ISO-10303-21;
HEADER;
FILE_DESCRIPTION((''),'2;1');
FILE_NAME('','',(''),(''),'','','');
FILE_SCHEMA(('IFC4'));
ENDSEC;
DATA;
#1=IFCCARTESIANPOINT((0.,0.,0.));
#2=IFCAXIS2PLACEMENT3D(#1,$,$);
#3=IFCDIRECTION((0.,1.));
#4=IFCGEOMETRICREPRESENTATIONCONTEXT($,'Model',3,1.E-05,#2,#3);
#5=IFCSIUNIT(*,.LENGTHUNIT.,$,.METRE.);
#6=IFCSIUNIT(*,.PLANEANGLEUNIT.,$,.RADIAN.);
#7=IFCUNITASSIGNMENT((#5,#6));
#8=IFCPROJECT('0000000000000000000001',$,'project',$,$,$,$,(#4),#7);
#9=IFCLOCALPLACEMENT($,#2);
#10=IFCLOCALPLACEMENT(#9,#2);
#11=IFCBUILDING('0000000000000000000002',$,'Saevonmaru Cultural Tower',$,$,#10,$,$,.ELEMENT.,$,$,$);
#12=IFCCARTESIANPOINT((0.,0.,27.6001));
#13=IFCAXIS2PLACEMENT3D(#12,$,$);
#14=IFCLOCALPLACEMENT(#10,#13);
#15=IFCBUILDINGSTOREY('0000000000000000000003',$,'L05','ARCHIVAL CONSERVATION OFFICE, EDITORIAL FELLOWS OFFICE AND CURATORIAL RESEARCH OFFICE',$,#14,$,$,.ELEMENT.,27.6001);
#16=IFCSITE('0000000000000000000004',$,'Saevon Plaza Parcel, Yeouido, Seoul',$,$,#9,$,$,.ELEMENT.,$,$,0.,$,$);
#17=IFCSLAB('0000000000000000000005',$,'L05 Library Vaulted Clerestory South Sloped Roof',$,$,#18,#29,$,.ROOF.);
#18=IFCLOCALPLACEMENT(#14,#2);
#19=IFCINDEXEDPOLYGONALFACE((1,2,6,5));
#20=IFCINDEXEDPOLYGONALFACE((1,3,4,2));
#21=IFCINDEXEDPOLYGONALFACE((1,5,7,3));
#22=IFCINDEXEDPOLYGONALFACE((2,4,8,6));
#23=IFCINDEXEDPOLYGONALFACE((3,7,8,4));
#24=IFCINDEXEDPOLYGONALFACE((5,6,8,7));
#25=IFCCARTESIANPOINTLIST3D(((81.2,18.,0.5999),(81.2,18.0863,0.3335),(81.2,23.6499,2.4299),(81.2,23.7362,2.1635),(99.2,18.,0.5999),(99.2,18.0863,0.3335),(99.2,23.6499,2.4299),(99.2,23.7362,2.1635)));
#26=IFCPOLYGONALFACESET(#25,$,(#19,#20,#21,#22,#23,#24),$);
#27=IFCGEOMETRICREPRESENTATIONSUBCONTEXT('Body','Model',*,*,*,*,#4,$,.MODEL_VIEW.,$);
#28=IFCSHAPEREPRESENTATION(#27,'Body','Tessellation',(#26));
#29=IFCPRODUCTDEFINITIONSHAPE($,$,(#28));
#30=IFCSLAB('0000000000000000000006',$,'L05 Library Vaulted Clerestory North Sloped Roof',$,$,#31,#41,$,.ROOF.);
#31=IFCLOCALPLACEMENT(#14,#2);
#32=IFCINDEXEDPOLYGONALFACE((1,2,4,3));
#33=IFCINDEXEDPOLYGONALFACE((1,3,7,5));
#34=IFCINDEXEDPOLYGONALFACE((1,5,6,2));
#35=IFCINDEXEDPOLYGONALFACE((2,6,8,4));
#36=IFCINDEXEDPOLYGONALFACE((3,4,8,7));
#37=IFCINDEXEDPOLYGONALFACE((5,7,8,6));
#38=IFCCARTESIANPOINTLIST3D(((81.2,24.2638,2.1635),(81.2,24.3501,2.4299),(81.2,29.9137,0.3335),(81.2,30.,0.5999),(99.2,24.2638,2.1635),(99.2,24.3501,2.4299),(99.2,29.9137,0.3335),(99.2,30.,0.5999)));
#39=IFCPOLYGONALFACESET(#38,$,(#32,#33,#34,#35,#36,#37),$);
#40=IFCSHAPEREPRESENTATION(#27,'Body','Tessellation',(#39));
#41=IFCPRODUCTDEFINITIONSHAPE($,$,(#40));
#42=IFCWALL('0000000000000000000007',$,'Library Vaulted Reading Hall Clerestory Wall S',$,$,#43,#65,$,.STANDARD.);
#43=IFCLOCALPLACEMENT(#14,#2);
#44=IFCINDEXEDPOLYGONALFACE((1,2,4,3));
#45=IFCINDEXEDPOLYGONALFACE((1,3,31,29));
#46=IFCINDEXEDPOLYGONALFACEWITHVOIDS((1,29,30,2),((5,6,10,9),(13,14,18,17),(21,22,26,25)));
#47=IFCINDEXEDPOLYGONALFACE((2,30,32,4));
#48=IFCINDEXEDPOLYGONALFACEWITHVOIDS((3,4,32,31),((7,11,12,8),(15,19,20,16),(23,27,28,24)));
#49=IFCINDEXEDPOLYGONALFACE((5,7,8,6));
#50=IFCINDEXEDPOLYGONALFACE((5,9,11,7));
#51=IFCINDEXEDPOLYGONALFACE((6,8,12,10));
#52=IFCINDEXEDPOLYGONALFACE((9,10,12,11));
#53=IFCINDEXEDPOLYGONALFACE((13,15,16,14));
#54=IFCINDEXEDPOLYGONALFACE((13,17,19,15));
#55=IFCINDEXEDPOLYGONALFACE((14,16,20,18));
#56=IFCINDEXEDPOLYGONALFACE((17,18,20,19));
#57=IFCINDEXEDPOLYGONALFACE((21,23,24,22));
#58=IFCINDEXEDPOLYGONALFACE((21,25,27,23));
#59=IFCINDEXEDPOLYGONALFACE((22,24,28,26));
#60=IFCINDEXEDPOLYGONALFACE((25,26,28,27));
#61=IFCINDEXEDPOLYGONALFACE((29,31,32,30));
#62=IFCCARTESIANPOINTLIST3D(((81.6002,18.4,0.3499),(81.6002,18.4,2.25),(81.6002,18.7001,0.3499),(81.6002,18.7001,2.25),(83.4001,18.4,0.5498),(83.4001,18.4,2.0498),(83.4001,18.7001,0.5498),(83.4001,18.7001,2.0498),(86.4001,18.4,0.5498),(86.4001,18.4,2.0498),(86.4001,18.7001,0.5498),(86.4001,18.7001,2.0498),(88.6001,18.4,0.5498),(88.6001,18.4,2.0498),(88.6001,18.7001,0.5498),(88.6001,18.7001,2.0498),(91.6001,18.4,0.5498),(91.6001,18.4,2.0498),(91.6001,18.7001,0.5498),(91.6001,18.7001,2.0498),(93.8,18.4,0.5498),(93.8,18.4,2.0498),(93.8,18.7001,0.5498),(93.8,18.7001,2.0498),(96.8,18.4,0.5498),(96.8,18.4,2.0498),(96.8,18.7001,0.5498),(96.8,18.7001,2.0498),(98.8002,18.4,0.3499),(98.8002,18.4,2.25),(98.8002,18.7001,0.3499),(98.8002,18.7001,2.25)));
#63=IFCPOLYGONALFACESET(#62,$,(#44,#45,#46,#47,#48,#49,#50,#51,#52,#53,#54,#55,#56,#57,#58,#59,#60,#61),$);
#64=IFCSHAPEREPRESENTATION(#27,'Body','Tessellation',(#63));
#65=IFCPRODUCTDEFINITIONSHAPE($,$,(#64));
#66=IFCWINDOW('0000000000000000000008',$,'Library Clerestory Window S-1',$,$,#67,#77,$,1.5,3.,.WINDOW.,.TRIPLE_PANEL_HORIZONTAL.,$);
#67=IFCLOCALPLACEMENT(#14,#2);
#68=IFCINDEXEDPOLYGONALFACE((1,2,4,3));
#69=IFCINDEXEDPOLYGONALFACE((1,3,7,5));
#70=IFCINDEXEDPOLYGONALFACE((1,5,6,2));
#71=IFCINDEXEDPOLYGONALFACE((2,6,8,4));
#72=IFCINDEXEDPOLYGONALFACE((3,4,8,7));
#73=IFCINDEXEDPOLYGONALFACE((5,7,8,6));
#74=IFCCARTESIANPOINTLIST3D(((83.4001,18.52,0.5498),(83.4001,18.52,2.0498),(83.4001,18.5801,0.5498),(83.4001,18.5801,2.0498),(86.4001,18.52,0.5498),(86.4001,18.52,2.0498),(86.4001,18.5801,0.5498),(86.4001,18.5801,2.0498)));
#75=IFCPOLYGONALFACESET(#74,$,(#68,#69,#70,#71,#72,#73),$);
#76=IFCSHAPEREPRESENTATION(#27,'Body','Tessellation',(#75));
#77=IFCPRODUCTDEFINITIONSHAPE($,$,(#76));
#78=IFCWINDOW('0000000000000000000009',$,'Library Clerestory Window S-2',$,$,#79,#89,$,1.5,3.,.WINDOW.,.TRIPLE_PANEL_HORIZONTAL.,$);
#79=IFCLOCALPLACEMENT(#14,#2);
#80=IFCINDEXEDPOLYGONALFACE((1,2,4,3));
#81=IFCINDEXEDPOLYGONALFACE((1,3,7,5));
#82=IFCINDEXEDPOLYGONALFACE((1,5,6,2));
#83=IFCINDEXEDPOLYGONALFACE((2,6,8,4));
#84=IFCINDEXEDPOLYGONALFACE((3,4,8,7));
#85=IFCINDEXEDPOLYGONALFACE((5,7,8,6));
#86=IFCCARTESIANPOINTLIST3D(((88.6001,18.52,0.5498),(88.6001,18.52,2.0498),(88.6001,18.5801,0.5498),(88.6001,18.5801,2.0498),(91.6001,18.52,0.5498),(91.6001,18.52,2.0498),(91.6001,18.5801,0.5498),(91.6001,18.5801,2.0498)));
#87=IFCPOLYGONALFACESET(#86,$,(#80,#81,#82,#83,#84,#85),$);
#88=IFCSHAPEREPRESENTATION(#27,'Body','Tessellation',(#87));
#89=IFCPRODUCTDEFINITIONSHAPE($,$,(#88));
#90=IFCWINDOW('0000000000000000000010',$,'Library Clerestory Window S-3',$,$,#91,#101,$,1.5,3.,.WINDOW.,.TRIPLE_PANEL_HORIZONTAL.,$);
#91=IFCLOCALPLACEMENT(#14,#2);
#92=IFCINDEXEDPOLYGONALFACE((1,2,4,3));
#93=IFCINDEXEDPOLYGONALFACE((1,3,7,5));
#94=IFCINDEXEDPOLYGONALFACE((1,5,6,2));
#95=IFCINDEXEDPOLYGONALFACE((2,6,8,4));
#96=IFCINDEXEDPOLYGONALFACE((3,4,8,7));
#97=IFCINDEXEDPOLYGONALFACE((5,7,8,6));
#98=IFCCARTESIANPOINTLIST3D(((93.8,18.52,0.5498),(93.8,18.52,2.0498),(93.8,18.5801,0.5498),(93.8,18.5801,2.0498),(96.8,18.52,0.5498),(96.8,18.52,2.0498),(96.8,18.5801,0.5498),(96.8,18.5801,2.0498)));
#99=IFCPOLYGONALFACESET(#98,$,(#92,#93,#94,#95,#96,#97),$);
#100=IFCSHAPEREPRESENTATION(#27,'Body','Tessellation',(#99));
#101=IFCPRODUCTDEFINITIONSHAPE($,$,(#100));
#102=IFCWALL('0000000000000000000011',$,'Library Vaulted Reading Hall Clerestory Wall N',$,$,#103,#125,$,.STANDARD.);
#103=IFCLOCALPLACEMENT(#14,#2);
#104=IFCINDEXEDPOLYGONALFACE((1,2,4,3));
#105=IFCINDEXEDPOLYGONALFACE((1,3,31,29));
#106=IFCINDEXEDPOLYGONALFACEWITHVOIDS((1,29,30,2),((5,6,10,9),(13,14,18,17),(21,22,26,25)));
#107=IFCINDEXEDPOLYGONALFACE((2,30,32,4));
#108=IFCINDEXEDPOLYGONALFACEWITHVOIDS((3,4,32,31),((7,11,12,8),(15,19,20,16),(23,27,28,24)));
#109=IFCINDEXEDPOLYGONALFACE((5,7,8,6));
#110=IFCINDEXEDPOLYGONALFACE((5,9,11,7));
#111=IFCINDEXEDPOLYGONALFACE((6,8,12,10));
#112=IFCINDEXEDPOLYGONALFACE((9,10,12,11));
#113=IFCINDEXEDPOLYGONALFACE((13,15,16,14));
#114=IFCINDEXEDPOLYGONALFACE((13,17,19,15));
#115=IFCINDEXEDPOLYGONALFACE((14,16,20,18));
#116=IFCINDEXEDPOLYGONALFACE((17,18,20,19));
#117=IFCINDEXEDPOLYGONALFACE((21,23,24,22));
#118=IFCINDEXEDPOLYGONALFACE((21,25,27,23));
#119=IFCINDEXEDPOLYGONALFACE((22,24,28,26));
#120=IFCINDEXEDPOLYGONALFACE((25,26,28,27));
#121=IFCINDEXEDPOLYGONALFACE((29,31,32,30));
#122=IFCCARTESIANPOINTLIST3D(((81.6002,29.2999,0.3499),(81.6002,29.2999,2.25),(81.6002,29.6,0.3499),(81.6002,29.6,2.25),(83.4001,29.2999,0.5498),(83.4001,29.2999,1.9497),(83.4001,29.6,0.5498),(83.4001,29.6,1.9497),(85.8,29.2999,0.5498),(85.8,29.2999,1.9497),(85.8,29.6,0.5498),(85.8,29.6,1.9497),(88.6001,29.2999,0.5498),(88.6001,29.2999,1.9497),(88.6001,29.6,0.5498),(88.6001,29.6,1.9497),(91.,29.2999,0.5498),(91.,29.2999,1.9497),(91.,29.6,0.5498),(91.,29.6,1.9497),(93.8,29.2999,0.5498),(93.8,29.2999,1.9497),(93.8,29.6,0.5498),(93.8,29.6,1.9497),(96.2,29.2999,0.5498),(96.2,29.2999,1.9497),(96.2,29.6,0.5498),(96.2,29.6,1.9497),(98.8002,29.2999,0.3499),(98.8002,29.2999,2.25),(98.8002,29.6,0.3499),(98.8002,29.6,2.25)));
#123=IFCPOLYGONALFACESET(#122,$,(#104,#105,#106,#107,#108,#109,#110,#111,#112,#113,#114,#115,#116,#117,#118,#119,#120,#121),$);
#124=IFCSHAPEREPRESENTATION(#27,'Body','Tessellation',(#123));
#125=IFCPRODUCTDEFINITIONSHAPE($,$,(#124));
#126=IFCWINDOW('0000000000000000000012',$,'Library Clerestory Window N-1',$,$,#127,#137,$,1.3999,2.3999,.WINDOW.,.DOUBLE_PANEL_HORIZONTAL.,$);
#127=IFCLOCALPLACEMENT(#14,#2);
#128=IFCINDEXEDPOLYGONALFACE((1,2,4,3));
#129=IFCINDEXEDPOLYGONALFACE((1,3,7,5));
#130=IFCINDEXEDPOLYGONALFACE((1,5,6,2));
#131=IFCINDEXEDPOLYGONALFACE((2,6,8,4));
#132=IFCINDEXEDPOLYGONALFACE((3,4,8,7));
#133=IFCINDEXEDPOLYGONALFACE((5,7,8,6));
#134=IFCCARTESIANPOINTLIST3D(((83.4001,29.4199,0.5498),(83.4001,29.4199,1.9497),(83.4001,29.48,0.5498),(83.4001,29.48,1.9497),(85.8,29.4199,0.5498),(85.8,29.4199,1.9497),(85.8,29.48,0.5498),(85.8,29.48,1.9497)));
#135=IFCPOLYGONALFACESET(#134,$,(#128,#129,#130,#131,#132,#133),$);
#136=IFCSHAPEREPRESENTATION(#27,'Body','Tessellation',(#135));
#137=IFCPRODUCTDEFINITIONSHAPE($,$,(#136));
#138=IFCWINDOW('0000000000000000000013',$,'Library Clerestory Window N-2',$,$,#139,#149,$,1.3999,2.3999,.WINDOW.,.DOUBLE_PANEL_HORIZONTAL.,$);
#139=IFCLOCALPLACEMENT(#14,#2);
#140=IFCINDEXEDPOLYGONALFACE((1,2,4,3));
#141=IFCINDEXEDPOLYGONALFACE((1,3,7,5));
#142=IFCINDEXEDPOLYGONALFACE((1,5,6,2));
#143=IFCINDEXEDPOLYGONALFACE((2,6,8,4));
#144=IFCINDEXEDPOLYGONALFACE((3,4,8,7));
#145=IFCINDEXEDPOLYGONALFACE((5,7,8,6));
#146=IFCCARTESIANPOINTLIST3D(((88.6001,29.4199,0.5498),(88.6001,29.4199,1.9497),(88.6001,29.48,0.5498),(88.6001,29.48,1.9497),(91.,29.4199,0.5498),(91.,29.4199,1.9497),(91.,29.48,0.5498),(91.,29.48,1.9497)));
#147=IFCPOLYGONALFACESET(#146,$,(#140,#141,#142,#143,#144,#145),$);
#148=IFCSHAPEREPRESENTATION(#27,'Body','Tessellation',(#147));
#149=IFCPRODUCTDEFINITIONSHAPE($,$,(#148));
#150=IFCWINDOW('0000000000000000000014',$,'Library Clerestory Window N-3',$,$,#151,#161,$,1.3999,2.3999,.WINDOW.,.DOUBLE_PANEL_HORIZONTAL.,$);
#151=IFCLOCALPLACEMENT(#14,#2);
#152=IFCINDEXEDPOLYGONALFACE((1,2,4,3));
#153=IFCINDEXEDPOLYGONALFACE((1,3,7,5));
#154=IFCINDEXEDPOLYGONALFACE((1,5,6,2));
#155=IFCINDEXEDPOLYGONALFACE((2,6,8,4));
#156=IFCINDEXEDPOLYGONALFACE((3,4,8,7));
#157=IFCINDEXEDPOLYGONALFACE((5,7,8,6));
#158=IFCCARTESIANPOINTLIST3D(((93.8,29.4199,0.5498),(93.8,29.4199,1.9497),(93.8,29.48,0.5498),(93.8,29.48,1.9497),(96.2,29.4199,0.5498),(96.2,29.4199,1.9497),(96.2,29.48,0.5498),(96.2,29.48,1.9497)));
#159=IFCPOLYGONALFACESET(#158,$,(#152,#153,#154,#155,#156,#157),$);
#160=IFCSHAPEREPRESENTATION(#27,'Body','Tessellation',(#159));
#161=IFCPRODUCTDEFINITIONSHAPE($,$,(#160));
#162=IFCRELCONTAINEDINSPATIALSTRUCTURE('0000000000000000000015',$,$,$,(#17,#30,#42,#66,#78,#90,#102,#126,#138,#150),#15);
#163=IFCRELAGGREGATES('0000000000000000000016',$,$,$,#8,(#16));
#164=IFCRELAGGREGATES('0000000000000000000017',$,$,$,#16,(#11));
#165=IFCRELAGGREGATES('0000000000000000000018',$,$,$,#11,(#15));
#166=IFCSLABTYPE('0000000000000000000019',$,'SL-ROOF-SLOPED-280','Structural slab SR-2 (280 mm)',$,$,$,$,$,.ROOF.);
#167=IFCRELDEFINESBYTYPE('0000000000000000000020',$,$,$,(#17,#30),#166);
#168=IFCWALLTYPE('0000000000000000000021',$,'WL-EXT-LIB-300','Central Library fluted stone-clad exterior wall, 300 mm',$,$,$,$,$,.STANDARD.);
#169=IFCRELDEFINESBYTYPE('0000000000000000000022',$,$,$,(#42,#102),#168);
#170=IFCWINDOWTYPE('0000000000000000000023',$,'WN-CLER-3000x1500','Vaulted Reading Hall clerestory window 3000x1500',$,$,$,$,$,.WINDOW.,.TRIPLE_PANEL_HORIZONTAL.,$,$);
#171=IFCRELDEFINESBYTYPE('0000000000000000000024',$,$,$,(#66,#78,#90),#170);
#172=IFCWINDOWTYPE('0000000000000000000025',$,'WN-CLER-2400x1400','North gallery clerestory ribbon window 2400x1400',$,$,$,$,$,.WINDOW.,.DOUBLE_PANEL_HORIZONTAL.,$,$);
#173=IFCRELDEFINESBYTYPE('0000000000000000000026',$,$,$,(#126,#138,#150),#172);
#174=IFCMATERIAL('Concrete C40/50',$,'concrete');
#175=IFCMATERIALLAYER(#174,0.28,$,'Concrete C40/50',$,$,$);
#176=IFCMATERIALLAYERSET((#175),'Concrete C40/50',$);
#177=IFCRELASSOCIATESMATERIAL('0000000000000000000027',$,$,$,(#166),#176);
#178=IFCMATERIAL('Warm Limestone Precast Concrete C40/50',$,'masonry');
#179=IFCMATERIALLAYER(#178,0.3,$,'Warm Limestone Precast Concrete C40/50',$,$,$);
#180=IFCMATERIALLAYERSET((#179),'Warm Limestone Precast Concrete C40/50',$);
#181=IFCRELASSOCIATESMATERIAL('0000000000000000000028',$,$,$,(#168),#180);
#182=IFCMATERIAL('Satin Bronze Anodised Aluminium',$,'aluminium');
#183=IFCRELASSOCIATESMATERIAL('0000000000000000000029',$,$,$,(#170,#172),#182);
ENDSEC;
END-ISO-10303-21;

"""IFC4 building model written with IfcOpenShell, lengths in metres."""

from ifc_helpers import new_model, si_unit, direction, frame, frame_2d, origin, place, context, subcontext, project, spatial, polyline, rectangle, outline, extrude, material, layer, layer_set, type_object, element, fill, save


model = new_model("IFC4")

# Units and contexts
model_context = context("Model", 3, precision=1e-05, world=origin(), true_north=direction((0.0, 1.0)))
body_context = subcontext(model_context, "Body", "Model", "MODEL_VIEW")
ifc_project = project(units=[si_unit("LENGTHUNIT", "METRE"), si_unit("PLANEANGLEUNIT", "RADIAN")], contexts=[model_context])

# Site, building, storey
site_placement = place(None, origin())
site = spatial("IfcSite", under=ifc_project, at=site_placement, Name="Saevon Plaza Parcel, Yeouido, Seoul", CompositionType="ELEMENT", RefElevation=0.0)
building_placement = place(site_placement, origin())
building = spatial("IfcBuilding", under=site, at=building_placement, Name="Saevonmaru Cultural Tower", CompositionType="ELEMENT")
storey_placement = place(building_placement, frame((0.0, 0.0, 27.6001)))
storey = spatial("IfcBuildingStorey", under=building, at=storey_placement, Name="L05", Description="ARCHIVAL CONSERVATION OFFICE, EDITORIAL FELLOWS OFFICE AND CURATORIAL RESEARCH OFFICE", CompositionType="ELEMENT", Elevation=27.6001)

# Slabs
ifc_material_1 = material(Name="Concrete C40/50", Category="concrete")
ifc_layer_1 = layer(ifc_material_1, 0.28, Name="Concrete C40/50")
ifc_layer_set_1 = layer_set([ifc_layer_1], Name="Concrete C40/50")
slab_type = type_object("IfcSlabType", Name="SL-ROOF-SLOPED-280", Description="Structural slab SR-2 (280 mm)", PredefinedType="ROOF", material=ifc_layer_set_1)
for number, where, z_axis, x_axis, name in (
    (1, (81.2, 18.0, 0.5999), (0.0, -0.308151, 0.951338), (1.0, 0.0, 0.0), "L05 Library Vaulted Clerestory South Sloped Roof"),
    (2, (99.2, 30.0, 0.5999), (0.0, 0.308151, 0.951338), (-1.0, 0.0, 0.0), "L05 Library Vaulted Clerestory North Sloped Roof"),
):
    element("IfcSlab", number, at=place(storey_placement, frame(where, z_axis=z_axis, x_axis=x_axis)), inside=storey, type_object=slab_type, Name=name, PredefinedType="ROOF", context=body_context, shape_type="SweptSolid", body=[
        extrude(outline(polyline([(0.0, 0.0), (18.0, 0.0), (18.0, 5.9389), (0.0, 5.9389), (0.0, 0.0)])), origin(), (0.0, 0.0, -1.0), 0.28),
    ])

# Walls, openings, windows
ifc_material_2 = material(Name="Warm Limestone Precast Concrete C40/50", Category="masonry")
ifc_layer_2 = layer(ifc_material_2, 0.3, Name="Warm Limestone Precast Concrete C40/50")
ifc_layer_set_2 = layer_set([ifc_layer_2], Name="Warm Limestone Precast Concrete C40/50")
wall_type_1 = type_object("IfcWallType", Name="WL-EXT-LIB-300", Description="Central Library fluted stone-clad exterior wall, 300 mm", PredefinedType="STANDARD", material=ifc_layer_set_2)
wall_1_placement = place(storey_placement, frame((81.6001, 18.55, 0.3499), z_axis=(0.0, 0.0, 1.0), x_axis=(1.0, 0.0, 0.0)))
wall_1 = element("IfcWall", 3, at=wall_1_placement, inside=storey, type_object=wall_type_1, Name="Library Vaulted Reading Hall Clerestory Wall S", PredefinedType="STANDARD", context=body_context, shape_type="SweptSolid", body=[
    extrude(rectangle(XDim=17.2, YDim=0.3, at=frame_2d((8.6001, 0.0))), origin(), (0.0, 0.0, 1.0), 1.9001),
])
opening_1_placement = place(wall_1_placement, frame((1.8, 0.0, 0.2)))
opening_1 = element("IfcOpeningElement", 4, at=opening_1_placement, cuts=wall_1, PredefinedType="OPENING", context=body_context, shape_type="SweptSolid", body=[
    extrude(rectangle(XDim=3.0, YDim=1.5, at=frame_2d((1.5, 0.75))), frame((0.0, 0.1602, 0.0), z_axis=(0.0, -1.0, 0.0), x_axis=(1.0, 0.0, 0.0)), (0.0, 0.0, 1.0), 0.3201),
])
opening_2_placement = place(wall_1_placement, frame((7.0, 0.0, 0.2)))
opening_2 = element("IfcOpeningElement", 5, at=opening_2_placement, cuts=wall_1, PredefinedType="OPENING", context=body_context, shape_type="SweptSolid", body=[
    extrude(rectangle(XDim=3.0, YDim=1.5, at=frame_2d((1.5, 0.75))), frame((0.0, 0.1602, 0.0), z_axis=(0.0, -1.0, 0.0), x_axis=(1.0, 0.0, 0.0)), (0.0, 0.0, 1.0), 0.3201),
])
opening_3_placement = place(wall_1_placement, frame((12.2, 0.0, 0.2)))
opening_3 = element("IfcOpeningElement", 6, at=opening_3_placement, cuts=wall_1, PredefinedType="OPENING", context=body_context, shape_type="SweptSolid", body=[
    extrude(rectangle(XDim=3.0, YDim=1.5, at=frame_2d((1.5, 0.75))), frame((0.0, 0.1602, 0.0), z_axis=(0.0, -1.0, 0.0), x_axis=(1.0, 0.0, 0.0)), (0.0, 0.0, 1.0), 0.3201),
])
ifc_material_3 = material(Name="Satin Bronze Anodised Aluminium", Category="aluminium")
window_type_1 = type_object("IfcWindowType", Name="WN-CLER-3000x1500", Description="Vaulted Reading Hall clerestory window 3000x1500", PartitioningType="TRIPLE_PANEL_HORIZONTAL", PredefinedType="WINDOW", material=ifc_material_3)
window_1_placement = place(opening_1_placement, origin())
window_1 = element("IfcWindow", 7, at=window_1_placement, inside=storey, type_object=window_type_1, Name="Library Clerestory Window S-1", OverallHeight=1.5, OverallWidth=3.0, PartitioningType="TRIPLE_PANEL_HORIZONTAL", PredefinedType="WINDOW", context=body_context, shape_type="SweptSolid", body=[
    extrude(rectangle(XDim=3.0, YDim=1.5, at=frame_2d((1.5, 0.75))), frame((0.0, 0.03, 0.0), z_axis=(0.0, -1.0, 0.0), x_axis=(1.0, 0.0, 0.0)), (0.0, 0.0, 1.0), 0.0601),
])
fill(opening_1, window_1)
window_2_placement = place(opening_2_placement, origin())
window_2 = element("IfcWindow", 8, at=window_2_placement, inside=storey, type_object=window_type_1, Name="Library Clerestory Window S-2", OverallHeight=1.5, OverallWidth=3.0, PartitioningType="TRIPLE_PANEL_HORIZONTAL", PredefinedType="WINDOW", context=body_context, shape_type="SweptSolid", body=[
    extrude(rectangle(XDim=3.0, YDim=1.5, at=frame_2d((1.5, 0.75))), frame((0.0, 0.03, 0.0), z_axis=(0.0, -1.0, 0.0), x_axis=(1.0, 0.0, 0.0)), (0.0, 0.0, 1.0), 0.0601),
])
fill(opening_2, window_2)
window_3_placement = place(opening_3_placement, origin())
window_3 = element("IfcWindow", 9, at=window_3_placement, inside=storey, type_object=window_type_1, Name="Library Clerestory Window S-3", OverallHeight=1.5, OverallWidth=3.0, PartitioningType="TRIPLE_PANEL_HORIZONTAL", PredefinedType="WINDOW", context=body_context, shape_type="SweptSolid", body=[
    extrude(rectangle(XDim=3.0, YDim=1.5, at=frame_2d((1.5, 0.75))), frame((0.0, 0.03, 0.0), z_axis=(0.0, -1.0, 0.0), x_axis=(1.0, 0.0, 0.0)), (0.0, 0.0, 1.0), 0.0601),
])
fill(opening_3, window_3)
wall_2_placement = place(storey_placement, frame((81.6001, 29.45, 0.3499), z_axis=(0.0, 0.0, 1.0), x_axis=(1.0, 0.0, 0.0)))
wall_2 = element("IfcWall", 10, at=wall_2_placement, inside=storey, type_object=wall_type_1, Name="Library Vaulted Reading Hall Clerestory Wall N", PredefinedType="STANDARD", context=body_context, shape_type="SweptSolid", body=[
    extrude(rectangle(XDim=17.2, YDim=0.3, at=frame_2d((8.6001, 0.0))), origin(), (0.0, 0.0, 1.0), 1.9001),
])
opening_4_placement = place(wall_2_placement, frame((1.8, 0.0, 0.2)))
opening_4 = element("IfcOpeningElement", 11, at=opening_4_placement, cuts=wall_2, PredefinedType="OPENING", context=body_context, shape_type="SweptSolid", body=[
    extrude(rectangle(XDim=2.3999, YDim=1.3999, at=frame_2d((1.2, 0.7))), frame((0.0, 0.1602, 0.0), z_axis=(0.0, -1.0, 0.0), x_axis=(1.0, 0.0, 0.0)), (0.0, 0.0, 1.0), 0.3201),
])
opening_5_placement = place(wall_2_placement, frame((7.0, 0.0, 0.2)))
opening_5 = element("IfcOpeningElement", 12, at=opening_5_placement, cuts=wall_2, PredefinedType="OPENING", context=body_context, shape_type="SweptSolid", body=[
    extrude(rectangle(XDim=2.3999, YDim=1.3999, at=frame_2d((1.2, 0.7))), frame((0.0, 0.1602, 0.0), z_axis=(0.0, -1.0, 0.0), x_axis=(1.0, 0.0, 0.0)), (0.0, 0.0, 1.0), 0.3201),
])
opening_6_placement = place(wall_2_placement, frame((12.2, 0.0, 0.2)))
opening_6 = element("IfcOpeningElement", 13, at=opening_6_placement, cuts=wall_2, PredefinedType="OPENING", context=body_context, shape_type="SweptSolid", body=[
    extrude(rectangle(XDim=2.3999, YDim=1.3999, at=frame_2d((1.2, 0.7))), frame((0.0, 0.1602, 0.0), z_axis=(0.0, -1.0, 0.0), x_axis=(1.0, 0.0, 0.0)), (0.0, 0.0, 1.0), 0.3201),
])
window_type_2 = type_object("IfcWindowType", Name="WN-CLER-2400x1400", Description="North gallery clerestory ribbon window 2400x1400", PartitioningType="DOUBLE_PANEL_HORIZONTAL", PredefinedType="WINDOW", material=ifc_material_3)
window_4_placement = place(opening_4_placement, origin())
window_4 = element("IfcWindow", 14, at=window_4_placement, inside=storey, type_object=window_type_2, Name="Library Clerestory Window N-1", OverallHeight=1.3999, OverallWidth=2.3999, PartitioningType="DOUBLE_PANEL_HORIZONTAL", PredefinedType="WINDOW", context=body_context, shape_type="SweptSolid", body=[
    extrude(rectangle(XDim=2.3999, YDim=1.3999, at=frame_2d((1.2, 0.7))), frame((0.0, 0.03, 0.0), z_axis=(0.0, -1.0, 0.0), x_axis=(1.0, 0.0, 0.0)), (0.0, 0.0, 1.0), 0.0601),
])
fill(opening_4, window_4)
window_5_placement = place(opening_5_placement, origin())
window_5 = element("IfcWindow", 15, at=window_5_placement, inside=storey, type_object=window_type_2, Name="Library Clerestory Window N-2", OverallHeight=1.3999, OverallWidth=2.3999, PartitioningType="DOUBLE_PANEL_HORIZONTAL", PredefinedType="WINDOW", context=body_context, shape_type="SweptSolid", body=[
    extrude(rectangle(XDim=2.3999, YDim=1.3999, at=frame_2d((1.2, 0.7))), frame((0.0, 0.03, 0.0), z_axis=(0.0, -1.0, 0.0), x_axis=(1.0, 0.0, 0.0)), (0.0, 0.0, 1.0), 0.0601),
])
fill(opening_5, window_5)
window_6_placement = place(opening_6_placement, origin())
window_6 = element("IfcWindow", 16, at=window_6_placement, inside=storey, type_object=window_type_2, Name="Library Clerestory Window N-3", OverallHeight=1.3999, OverallWidth=2.3999, PartitioningType="DOUBLE_PANEL_HORIZONTAL", PredefinedType="WINDOW", context=body_context, shape_type="SweptSolid", body=[
    extrude(rectangle(XDim=2.3999, YDim=1.3999, at=frame_2d((1.2, 0.7))), frame((0.0, 0.03, 0.0), z_axis=(0.0, -1.0, 0.0), x_axis=(1.0, 0.0, 0.0)), (0.0, 0.0, 1.0), 0.0601),
])
fill(opening_6, window_6)

save(model, "model.ifc")
